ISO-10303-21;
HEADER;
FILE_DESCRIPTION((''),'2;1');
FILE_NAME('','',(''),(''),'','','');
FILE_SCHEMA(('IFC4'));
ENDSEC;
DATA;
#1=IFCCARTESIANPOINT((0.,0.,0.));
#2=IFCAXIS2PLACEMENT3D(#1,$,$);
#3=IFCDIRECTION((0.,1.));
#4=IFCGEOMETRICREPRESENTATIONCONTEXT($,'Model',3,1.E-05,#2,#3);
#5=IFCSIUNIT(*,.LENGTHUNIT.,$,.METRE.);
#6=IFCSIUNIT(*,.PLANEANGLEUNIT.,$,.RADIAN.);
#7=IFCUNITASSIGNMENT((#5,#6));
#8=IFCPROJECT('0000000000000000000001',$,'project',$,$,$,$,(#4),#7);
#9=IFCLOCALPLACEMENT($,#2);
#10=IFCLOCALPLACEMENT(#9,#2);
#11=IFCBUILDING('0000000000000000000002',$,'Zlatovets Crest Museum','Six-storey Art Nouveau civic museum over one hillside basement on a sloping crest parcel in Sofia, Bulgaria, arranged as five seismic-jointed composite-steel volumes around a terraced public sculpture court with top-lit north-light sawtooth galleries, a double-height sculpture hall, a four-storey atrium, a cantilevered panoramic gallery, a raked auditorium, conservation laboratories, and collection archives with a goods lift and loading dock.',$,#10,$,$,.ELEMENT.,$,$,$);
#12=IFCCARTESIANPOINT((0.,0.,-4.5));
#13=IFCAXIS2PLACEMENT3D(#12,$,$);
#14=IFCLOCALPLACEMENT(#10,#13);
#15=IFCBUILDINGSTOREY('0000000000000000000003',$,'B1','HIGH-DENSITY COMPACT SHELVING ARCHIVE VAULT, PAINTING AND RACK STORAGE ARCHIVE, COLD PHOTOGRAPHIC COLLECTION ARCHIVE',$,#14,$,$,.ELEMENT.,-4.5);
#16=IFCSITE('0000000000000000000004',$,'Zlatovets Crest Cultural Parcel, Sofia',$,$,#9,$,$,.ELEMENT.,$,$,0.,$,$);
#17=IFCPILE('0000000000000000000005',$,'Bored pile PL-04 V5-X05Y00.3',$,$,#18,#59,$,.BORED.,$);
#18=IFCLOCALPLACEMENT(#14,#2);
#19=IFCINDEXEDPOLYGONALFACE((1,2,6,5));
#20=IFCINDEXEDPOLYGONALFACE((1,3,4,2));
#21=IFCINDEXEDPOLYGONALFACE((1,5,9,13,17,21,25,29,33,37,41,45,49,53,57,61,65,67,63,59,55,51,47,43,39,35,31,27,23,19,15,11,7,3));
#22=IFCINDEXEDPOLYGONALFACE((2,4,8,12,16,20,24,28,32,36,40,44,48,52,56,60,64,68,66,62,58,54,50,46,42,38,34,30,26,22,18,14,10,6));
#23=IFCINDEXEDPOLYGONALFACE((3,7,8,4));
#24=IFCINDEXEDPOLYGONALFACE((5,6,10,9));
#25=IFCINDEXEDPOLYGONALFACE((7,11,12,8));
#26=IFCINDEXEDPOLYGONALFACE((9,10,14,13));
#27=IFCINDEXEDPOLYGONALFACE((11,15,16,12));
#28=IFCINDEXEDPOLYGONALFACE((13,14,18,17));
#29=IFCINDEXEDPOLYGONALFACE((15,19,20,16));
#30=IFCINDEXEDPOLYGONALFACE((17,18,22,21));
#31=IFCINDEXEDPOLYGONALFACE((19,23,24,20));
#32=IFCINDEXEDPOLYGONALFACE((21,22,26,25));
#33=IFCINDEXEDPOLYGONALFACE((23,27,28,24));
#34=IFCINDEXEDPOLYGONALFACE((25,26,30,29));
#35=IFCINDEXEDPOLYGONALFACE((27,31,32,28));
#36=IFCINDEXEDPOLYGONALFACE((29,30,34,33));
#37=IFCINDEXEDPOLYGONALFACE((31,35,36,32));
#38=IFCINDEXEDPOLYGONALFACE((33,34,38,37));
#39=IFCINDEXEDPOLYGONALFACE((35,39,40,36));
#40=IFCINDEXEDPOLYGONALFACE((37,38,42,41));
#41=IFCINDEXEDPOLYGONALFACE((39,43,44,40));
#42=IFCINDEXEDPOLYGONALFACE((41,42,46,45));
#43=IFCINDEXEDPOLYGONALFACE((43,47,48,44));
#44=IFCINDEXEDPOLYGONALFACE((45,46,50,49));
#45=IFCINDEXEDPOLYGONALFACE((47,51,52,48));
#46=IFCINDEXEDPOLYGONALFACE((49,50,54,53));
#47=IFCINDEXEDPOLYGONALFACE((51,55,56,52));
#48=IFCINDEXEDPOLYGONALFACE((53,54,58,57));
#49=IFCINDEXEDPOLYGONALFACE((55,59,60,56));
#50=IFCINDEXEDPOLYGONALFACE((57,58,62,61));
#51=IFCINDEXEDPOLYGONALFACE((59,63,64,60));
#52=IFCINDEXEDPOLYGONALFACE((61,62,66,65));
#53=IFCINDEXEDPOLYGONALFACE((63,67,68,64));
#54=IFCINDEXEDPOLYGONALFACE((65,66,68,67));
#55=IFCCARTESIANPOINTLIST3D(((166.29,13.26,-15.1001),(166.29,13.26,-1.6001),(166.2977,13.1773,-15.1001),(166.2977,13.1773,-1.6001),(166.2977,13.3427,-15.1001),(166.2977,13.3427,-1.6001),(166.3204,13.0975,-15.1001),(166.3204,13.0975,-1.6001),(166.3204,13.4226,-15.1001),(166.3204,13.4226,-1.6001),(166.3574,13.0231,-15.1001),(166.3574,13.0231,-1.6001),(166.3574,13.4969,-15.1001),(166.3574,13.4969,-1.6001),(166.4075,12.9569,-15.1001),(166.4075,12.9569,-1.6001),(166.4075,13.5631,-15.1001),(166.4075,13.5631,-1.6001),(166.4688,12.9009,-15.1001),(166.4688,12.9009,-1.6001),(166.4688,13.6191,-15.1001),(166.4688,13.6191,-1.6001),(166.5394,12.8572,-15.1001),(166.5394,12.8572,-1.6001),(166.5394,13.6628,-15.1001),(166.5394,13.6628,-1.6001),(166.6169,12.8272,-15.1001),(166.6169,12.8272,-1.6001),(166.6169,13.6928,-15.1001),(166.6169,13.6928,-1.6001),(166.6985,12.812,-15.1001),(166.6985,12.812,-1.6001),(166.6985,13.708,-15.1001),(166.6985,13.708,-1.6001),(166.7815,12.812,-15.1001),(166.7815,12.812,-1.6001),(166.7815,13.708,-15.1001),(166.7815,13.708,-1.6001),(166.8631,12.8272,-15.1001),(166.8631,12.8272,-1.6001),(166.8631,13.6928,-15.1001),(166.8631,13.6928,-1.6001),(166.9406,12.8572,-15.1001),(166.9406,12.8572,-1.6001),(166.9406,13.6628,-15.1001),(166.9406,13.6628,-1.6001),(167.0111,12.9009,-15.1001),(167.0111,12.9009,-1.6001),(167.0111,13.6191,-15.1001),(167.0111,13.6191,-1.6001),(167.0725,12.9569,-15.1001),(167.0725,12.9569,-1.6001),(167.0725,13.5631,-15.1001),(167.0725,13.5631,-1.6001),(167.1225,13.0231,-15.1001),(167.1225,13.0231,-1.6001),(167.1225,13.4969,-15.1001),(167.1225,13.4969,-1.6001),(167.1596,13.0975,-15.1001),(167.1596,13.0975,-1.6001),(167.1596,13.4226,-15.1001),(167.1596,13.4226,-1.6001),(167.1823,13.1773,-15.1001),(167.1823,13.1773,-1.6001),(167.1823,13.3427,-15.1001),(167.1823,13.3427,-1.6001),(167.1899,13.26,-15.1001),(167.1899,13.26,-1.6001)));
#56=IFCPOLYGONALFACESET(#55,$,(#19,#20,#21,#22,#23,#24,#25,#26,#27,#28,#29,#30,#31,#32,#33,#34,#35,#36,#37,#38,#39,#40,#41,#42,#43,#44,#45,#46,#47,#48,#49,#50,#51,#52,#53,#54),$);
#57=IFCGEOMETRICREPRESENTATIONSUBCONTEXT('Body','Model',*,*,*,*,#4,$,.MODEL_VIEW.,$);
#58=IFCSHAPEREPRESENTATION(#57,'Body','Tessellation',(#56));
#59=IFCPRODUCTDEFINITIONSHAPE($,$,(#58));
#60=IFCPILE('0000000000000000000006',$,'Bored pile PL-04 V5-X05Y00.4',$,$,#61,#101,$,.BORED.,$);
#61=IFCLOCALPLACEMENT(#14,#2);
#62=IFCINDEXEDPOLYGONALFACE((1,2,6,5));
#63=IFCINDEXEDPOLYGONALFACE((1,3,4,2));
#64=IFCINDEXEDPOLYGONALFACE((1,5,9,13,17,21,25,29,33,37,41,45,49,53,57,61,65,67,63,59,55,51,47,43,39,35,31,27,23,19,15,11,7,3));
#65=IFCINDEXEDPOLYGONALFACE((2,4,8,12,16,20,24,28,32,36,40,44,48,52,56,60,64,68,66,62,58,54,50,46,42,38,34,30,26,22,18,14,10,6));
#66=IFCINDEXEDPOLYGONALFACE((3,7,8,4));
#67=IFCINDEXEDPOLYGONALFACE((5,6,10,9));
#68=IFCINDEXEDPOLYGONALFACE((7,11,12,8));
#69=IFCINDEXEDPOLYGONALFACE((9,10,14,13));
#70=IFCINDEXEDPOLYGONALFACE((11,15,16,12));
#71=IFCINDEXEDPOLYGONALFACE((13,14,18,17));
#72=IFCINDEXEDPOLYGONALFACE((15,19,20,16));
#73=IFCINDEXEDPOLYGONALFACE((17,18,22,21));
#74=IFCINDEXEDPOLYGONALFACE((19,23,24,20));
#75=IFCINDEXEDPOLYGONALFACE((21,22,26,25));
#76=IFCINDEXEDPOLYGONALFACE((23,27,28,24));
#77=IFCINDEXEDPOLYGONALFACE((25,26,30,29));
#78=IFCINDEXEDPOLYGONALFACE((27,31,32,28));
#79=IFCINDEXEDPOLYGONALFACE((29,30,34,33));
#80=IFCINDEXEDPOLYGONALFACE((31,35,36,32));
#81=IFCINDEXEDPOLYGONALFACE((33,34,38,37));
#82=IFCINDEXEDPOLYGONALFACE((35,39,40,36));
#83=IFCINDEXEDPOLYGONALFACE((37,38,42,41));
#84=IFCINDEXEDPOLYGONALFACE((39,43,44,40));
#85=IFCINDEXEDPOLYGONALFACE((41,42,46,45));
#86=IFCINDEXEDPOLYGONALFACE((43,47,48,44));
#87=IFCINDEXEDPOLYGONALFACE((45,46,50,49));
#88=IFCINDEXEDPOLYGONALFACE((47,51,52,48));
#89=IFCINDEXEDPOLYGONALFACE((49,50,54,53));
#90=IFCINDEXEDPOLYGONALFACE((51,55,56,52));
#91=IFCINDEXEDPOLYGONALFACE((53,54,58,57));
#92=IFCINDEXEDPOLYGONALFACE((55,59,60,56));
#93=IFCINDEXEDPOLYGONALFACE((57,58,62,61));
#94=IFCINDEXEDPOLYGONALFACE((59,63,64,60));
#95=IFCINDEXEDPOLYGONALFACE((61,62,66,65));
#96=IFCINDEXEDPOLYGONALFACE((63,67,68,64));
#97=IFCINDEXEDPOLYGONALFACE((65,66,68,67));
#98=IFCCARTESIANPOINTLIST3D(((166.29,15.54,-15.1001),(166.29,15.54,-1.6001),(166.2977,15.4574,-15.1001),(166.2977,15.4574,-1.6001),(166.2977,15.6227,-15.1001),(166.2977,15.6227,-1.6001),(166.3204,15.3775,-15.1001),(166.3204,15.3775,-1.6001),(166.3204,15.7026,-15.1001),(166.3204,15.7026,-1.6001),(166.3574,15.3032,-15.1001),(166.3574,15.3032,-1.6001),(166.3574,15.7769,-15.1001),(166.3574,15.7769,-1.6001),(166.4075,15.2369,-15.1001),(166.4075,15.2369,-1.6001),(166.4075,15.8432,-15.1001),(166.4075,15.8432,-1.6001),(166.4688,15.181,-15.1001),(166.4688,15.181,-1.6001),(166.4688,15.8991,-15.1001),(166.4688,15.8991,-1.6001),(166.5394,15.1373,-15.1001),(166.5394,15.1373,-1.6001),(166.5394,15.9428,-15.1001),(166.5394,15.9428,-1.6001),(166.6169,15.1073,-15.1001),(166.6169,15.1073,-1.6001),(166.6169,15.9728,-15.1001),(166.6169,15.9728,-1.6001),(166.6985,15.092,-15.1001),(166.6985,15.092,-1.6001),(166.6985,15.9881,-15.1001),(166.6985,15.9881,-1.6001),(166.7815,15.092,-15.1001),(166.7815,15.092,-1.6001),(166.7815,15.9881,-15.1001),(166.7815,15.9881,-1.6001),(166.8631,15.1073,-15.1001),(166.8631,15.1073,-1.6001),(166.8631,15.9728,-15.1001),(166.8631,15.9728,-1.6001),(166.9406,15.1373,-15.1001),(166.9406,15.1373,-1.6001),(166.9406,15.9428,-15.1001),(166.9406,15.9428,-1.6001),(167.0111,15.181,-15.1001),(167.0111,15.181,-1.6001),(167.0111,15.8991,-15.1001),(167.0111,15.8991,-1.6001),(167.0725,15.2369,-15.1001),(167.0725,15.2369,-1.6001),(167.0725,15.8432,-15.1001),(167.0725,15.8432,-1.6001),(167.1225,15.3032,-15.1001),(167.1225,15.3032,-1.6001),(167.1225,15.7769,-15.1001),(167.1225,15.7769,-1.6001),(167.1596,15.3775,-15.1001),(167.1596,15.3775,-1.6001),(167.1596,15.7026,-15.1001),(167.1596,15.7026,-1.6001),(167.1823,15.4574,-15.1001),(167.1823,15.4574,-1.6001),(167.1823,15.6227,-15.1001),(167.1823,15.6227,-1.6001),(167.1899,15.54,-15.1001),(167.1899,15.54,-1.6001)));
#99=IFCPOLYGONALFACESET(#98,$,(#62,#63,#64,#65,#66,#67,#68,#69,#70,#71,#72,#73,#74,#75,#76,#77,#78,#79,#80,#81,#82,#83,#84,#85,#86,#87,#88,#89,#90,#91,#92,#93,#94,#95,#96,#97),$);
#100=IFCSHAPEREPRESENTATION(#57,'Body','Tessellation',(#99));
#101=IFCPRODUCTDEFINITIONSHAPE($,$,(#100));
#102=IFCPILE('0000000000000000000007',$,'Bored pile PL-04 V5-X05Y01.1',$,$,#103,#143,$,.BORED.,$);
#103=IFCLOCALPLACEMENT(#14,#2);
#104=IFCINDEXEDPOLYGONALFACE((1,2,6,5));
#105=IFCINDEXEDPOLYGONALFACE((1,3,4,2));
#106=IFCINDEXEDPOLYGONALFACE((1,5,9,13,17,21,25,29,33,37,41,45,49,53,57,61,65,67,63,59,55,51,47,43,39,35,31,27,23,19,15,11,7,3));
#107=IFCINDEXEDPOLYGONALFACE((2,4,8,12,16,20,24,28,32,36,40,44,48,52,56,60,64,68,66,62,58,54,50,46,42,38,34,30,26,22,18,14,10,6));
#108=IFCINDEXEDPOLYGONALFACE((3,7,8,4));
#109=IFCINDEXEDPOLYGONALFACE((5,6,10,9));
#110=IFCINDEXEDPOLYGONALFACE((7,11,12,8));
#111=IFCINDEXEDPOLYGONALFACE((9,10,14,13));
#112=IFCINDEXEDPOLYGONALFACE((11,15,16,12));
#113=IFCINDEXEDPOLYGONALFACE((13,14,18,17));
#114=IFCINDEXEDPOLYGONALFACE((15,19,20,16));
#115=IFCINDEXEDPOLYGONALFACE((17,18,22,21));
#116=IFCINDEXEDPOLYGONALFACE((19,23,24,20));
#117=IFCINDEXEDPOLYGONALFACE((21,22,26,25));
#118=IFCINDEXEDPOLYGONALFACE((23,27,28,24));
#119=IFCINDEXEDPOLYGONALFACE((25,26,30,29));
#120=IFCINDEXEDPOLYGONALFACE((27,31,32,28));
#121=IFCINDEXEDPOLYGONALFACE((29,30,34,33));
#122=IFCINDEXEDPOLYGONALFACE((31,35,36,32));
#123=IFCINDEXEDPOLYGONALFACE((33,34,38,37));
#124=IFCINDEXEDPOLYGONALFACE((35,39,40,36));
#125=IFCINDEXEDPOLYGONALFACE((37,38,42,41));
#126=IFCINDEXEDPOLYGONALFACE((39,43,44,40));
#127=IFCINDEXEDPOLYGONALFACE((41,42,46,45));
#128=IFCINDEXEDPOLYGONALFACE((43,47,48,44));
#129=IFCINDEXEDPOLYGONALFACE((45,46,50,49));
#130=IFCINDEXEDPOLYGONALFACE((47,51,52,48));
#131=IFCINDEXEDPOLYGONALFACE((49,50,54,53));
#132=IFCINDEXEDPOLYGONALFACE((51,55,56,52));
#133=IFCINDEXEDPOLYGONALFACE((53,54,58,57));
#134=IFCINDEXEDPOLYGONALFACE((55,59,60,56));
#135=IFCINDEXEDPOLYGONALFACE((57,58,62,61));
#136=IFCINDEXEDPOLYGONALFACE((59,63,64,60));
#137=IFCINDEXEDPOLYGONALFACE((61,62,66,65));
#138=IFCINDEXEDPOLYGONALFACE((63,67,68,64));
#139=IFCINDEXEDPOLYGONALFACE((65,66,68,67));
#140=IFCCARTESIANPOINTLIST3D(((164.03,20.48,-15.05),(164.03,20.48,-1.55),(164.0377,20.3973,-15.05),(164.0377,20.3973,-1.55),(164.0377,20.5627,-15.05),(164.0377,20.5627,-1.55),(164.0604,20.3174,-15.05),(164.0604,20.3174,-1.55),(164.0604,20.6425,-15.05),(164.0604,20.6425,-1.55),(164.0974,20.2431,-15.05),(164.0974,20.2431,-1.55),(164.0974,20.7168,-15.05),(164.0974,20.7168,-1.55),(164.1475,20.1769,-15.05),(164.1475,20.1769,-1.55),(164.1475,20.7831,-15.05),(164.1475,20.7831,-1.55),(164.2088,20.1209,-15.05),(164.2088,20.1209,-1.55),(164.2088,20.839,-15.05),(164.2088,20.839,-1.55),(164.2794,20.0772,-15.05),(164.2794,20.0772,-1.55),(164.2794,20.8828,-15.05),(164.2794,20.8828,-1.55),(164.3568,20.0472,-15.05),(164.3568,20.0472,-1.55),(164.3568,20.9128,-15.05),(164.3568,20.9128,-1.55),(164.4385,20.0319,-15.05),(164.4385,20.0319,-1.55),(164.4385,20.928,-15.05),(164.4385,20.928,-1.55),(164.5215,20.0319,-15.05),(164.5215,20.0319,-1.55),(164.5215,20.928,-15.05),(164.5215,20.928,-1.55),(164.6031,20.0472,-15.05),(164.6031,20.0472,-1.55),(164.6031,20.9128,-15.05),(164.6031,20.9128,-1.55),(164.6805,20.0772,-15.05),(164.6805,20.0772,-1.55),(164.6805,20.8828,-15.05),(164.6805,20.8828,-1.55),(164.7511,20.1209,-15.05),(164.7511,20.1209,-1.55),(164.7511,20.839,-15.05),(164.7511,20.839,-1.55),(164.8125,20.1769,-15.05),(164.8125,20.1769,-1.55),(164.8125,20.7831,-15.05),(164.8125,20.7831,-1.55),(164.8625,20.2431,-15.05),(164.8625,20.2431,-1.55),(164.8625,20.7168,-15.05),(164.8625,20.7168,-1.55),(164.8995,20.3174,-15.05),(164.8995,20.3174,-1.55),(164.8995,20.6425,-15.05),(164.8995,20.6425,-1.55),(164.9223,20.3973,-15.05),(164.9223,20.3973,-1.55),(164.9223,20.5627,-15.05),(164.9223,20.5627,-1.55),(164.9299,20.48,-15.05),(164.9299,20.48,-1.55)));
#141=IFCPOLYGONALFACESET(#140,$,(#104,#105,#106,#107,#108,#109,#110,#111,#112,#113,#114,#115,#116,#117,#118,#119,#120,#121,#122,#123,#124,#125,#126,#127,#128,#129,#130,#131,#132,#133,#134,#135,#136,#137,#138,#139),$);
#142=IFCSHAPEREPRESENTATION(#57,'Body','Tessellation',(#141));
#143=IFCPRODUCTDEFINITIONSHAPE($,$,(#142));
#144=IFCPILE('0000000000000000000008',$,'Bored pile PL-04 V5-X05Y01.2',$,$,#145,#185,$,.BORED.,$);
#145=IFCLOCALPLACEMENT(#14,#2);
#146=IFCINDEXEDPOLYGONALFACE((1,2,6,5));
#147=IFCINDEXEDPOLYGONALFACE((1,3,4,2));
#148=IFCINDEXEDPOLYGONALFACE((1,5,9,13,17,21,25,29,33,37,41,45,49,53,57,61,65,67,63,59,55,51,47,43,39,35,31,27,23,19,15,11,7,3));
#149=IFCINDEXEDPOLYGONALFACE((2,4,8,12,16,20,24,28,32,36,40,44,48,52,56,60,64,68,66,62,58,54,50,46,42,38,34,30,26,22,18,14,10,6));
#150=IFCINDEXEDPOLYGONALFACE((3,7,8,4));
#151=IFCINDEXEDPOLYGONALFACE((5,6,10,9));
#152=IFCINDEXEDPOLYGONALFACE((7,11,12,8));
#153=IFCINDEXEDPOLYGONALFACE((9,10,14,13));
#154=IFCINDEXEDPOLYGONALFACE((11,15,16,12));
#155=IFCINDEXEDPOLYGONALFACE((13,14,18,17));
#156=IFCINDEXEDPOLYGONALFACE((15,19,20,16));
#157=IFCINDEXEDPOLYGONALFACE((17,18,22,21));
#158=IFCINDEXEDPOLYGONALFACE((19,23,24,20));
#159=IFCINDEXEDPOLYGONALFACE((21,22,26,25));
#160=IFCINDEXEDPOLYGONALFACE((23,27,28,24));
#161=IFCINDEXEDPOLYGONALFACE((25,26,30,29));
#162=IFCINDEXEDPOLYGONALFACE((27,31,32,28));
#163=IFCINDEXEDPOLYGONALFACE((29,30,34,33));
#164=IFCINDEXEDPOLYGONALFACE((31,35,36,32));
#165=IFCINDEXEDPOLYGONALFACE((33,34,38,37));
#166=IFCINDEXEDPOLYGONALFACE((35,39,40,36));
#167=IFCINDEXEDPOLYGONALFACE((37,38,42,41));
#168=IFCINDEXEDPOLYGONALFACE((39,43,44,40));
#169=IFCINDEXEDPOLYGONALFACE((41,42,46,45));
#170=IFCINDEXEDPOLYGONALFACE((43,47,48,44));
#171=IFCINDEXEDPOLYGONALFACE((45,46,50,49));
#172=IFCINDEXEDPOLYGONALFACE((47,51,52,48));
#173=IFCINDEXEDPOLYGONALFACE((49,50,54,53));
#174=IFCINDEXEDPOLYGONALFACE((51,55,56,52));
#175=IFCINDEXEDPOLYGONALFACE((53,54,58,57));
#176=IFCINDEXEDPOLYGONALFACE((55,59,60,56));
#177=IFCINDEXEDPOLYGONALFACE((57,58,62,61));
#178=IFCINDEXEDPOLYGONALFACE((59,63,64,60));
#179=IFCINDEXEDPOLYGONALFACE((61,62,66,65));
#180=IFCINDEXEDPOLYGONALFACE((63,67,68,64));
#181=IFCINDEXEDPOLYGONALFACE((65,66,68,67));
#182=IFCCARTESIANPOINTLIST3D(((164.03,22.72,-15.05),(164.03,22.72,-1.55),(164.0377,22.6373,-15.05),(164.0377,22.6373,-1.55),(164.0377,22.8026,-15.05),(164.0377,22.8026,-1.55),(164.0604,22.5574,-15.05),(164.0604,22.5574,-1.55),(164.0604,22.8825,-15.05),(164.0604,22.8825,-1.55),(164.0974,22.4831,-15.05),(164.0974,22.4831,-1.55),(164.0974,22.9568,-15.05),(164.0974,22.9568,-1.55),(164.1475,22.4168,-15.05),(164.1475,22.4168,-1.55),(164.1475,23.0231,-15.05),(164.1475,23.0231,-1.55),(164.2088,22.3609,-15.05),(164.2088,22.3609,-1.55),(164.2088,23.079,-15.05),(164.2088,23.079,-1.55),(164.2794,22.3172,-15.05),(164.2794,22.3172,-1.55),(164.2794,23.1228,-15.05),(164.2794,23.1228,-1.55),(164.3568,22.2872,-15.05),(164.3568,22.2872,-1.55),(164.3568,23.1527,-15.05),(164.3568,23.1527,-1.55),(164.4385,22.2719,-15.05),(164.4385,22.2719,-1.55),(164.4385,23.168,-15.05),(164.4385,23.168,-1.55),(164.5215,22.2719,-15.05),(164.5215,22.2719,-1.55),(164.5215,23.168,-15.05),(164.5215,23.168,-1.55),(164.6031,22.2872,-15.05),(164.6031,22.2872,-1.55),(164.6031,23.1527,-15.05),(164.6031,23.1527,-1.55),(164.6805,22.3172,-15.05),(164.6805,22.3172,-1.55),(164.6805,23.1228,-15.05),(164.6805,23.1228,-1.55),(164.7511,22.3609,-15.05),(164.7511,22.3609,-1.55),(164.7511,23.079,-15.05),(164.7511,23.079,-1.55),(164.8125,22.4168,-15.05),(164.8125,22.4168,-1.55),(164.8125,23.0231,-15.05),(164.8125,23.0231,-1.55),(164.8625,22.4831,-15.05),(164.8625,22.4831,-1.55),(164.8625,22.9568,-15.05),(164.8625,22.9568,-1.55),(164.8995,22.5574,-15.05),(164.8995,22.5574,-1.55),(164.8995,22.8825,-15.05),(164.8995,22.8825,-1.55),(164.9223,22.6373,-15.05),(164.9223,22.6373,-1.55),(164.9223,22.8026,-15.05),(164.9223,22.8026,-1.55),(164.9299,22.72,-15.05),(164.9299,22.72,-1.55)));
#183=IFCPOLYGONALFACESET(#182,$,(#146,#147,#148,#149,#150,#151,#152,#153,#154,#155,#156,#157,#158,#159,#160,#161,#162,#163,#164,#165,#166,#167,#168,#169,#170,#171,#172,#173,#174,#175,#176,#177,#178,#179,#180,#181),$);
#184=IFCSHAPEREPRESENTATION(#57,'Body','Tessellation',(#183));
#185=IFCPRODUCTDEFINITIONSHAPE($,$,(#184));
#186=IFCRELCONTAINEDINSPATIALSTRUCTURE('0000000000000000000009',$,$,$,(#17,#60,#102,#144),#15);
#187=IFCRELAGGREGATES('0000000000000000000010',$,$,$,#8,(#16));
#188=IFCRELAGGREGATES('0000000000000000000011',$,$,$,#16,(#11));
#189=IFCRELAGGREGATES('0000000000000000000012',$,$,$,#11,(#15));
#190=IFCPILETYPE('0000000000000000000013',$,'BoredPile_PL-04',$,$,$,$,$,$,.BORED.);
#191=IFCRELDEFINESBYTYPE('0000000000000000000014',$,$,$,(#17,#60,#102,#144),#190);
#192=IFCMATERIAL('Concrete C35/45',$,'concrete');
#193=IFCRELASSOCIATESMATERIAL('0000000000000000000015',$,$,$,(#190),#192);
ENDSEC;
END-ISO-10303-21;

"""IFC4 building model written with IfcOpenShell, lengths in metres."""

from ifc_helpers import new_model, si_unit, direction, frame, origin, origin_2d, place, context, subcontext, project, spatial, circle, extrude, material, material_profile, profile_set, type_object, element, save


model = new_model("IFC4")

# Units and contexts
model_context = context("Model", 3, precision=1e-05, world=origin(), true_north=direction((0.0, 1.0)))
body_context = subcontext(model_context, "Body", "Model", "MODEL_VIEW")
ifc_project = project(units=[si_unit("LENGTHUNIT", "METRE"), si_unit("PLANEANGLEUNIT", "RADIAN")], contexts=[model_context])

# Site, building, storey
site_placement = place(None, origin())
site = spatial("IfcSite", under=ifc_project, at=site_placement, Name="Zlatovets Crest Cultural Parcel, Sofia", CompositionType="ELEMENT", RefElevation=0.0)
building_placement = place(site_placement, origin())
building = spatial("IfcBuilding", under=site, at=building_placement, Name="Zlatovets Crest Museum", Description="Six-storey Art Nouveau civic museum over one hillside basement on a sloping crest parcel in Sofia, Bulgaria, arranged as five seismic-jointed composite-steel volumes around a terraced public sculpture court with top-lit north-light sawtooth galleries, a double-height sculpture hall, a four-storey atrium, a cantilevered panoramic gallery, a raked auditorium, conservation laboratories, and collection archives with a goods lift and loading dock.", CompositionType="ELEMENT")
storey_placement = place(building_placement, frame((0.0, 0.0, -4.5)))
storey = spatial("IfcBuildingStorey", under=building, at=storey_placement, Name="B1", Description="HIGH-DENSITY COMPACT SHELVING ARCHIVE VAULT, PAINTING AND RACK STORAGE ARCHIVE, COLD PHOTOGRAPHIC COLLECTION ARCHIVE", CompositionType="ELEMENT", Elevation=-4.5)

# Piles
ifc_material = material(Name="Concrete C35/45", Category="concrete")
ifc_material_profile_1 = material_profile(ifc_material, circle(Radius=0.45, at=origin_2d()), Name="PILE D900")
ifc_profile_set_1 = profile_set([ifc_material_profile_1], Name="Concrete C35/45")
pile_type = type_object("IfcPileType", Name="BoredPile_PL-04", PredefinedType="BORED", material=ifc_profile_set_1)
for number, where, z_axis, x_axis, name in (
    (1, (166.74, 13.26, -1.6001), (0.0, 0.0, -1.0), (1.0, 0.0, 0.0), "Bored pile PL-04 V5-X05Y00.3"),
    (2, (166.74, 15.54, -1.6001), (0.0, 0.0, -1.0), (1.0, 0.0, 0.0), "Bored pile PL-04 V5-X05Y00.4"),
    (3, (164.48, 20.48, -1.55), (0.0, 0.0, -1.0), (1.0, 0.0, 0.0), "Bored pile PL-04 V5-X05Y01.1"),
    (4, (164.48, 22.72, -1.55), (0.0, 0.0, -1.0), (1.0, 0.0, 0.0), "Bored pile PL-04 V5-X05Y01.2"),
):
    element("IfcPile", number, at=place(storey_placement, frame(where, z_axis=z_axis, x_axis=x_axis)), inside=storey, type_object=pile_type, Name=name, PredefinedType="BORED", context=body_context, shape_type="SweptSolid", body=[
        extrude(circle(Radius=0.45, at=origin_2d()), origin(), (0.0, 0.0, 1.0), 13.5),
    ])

save(model, "model.ifc")
